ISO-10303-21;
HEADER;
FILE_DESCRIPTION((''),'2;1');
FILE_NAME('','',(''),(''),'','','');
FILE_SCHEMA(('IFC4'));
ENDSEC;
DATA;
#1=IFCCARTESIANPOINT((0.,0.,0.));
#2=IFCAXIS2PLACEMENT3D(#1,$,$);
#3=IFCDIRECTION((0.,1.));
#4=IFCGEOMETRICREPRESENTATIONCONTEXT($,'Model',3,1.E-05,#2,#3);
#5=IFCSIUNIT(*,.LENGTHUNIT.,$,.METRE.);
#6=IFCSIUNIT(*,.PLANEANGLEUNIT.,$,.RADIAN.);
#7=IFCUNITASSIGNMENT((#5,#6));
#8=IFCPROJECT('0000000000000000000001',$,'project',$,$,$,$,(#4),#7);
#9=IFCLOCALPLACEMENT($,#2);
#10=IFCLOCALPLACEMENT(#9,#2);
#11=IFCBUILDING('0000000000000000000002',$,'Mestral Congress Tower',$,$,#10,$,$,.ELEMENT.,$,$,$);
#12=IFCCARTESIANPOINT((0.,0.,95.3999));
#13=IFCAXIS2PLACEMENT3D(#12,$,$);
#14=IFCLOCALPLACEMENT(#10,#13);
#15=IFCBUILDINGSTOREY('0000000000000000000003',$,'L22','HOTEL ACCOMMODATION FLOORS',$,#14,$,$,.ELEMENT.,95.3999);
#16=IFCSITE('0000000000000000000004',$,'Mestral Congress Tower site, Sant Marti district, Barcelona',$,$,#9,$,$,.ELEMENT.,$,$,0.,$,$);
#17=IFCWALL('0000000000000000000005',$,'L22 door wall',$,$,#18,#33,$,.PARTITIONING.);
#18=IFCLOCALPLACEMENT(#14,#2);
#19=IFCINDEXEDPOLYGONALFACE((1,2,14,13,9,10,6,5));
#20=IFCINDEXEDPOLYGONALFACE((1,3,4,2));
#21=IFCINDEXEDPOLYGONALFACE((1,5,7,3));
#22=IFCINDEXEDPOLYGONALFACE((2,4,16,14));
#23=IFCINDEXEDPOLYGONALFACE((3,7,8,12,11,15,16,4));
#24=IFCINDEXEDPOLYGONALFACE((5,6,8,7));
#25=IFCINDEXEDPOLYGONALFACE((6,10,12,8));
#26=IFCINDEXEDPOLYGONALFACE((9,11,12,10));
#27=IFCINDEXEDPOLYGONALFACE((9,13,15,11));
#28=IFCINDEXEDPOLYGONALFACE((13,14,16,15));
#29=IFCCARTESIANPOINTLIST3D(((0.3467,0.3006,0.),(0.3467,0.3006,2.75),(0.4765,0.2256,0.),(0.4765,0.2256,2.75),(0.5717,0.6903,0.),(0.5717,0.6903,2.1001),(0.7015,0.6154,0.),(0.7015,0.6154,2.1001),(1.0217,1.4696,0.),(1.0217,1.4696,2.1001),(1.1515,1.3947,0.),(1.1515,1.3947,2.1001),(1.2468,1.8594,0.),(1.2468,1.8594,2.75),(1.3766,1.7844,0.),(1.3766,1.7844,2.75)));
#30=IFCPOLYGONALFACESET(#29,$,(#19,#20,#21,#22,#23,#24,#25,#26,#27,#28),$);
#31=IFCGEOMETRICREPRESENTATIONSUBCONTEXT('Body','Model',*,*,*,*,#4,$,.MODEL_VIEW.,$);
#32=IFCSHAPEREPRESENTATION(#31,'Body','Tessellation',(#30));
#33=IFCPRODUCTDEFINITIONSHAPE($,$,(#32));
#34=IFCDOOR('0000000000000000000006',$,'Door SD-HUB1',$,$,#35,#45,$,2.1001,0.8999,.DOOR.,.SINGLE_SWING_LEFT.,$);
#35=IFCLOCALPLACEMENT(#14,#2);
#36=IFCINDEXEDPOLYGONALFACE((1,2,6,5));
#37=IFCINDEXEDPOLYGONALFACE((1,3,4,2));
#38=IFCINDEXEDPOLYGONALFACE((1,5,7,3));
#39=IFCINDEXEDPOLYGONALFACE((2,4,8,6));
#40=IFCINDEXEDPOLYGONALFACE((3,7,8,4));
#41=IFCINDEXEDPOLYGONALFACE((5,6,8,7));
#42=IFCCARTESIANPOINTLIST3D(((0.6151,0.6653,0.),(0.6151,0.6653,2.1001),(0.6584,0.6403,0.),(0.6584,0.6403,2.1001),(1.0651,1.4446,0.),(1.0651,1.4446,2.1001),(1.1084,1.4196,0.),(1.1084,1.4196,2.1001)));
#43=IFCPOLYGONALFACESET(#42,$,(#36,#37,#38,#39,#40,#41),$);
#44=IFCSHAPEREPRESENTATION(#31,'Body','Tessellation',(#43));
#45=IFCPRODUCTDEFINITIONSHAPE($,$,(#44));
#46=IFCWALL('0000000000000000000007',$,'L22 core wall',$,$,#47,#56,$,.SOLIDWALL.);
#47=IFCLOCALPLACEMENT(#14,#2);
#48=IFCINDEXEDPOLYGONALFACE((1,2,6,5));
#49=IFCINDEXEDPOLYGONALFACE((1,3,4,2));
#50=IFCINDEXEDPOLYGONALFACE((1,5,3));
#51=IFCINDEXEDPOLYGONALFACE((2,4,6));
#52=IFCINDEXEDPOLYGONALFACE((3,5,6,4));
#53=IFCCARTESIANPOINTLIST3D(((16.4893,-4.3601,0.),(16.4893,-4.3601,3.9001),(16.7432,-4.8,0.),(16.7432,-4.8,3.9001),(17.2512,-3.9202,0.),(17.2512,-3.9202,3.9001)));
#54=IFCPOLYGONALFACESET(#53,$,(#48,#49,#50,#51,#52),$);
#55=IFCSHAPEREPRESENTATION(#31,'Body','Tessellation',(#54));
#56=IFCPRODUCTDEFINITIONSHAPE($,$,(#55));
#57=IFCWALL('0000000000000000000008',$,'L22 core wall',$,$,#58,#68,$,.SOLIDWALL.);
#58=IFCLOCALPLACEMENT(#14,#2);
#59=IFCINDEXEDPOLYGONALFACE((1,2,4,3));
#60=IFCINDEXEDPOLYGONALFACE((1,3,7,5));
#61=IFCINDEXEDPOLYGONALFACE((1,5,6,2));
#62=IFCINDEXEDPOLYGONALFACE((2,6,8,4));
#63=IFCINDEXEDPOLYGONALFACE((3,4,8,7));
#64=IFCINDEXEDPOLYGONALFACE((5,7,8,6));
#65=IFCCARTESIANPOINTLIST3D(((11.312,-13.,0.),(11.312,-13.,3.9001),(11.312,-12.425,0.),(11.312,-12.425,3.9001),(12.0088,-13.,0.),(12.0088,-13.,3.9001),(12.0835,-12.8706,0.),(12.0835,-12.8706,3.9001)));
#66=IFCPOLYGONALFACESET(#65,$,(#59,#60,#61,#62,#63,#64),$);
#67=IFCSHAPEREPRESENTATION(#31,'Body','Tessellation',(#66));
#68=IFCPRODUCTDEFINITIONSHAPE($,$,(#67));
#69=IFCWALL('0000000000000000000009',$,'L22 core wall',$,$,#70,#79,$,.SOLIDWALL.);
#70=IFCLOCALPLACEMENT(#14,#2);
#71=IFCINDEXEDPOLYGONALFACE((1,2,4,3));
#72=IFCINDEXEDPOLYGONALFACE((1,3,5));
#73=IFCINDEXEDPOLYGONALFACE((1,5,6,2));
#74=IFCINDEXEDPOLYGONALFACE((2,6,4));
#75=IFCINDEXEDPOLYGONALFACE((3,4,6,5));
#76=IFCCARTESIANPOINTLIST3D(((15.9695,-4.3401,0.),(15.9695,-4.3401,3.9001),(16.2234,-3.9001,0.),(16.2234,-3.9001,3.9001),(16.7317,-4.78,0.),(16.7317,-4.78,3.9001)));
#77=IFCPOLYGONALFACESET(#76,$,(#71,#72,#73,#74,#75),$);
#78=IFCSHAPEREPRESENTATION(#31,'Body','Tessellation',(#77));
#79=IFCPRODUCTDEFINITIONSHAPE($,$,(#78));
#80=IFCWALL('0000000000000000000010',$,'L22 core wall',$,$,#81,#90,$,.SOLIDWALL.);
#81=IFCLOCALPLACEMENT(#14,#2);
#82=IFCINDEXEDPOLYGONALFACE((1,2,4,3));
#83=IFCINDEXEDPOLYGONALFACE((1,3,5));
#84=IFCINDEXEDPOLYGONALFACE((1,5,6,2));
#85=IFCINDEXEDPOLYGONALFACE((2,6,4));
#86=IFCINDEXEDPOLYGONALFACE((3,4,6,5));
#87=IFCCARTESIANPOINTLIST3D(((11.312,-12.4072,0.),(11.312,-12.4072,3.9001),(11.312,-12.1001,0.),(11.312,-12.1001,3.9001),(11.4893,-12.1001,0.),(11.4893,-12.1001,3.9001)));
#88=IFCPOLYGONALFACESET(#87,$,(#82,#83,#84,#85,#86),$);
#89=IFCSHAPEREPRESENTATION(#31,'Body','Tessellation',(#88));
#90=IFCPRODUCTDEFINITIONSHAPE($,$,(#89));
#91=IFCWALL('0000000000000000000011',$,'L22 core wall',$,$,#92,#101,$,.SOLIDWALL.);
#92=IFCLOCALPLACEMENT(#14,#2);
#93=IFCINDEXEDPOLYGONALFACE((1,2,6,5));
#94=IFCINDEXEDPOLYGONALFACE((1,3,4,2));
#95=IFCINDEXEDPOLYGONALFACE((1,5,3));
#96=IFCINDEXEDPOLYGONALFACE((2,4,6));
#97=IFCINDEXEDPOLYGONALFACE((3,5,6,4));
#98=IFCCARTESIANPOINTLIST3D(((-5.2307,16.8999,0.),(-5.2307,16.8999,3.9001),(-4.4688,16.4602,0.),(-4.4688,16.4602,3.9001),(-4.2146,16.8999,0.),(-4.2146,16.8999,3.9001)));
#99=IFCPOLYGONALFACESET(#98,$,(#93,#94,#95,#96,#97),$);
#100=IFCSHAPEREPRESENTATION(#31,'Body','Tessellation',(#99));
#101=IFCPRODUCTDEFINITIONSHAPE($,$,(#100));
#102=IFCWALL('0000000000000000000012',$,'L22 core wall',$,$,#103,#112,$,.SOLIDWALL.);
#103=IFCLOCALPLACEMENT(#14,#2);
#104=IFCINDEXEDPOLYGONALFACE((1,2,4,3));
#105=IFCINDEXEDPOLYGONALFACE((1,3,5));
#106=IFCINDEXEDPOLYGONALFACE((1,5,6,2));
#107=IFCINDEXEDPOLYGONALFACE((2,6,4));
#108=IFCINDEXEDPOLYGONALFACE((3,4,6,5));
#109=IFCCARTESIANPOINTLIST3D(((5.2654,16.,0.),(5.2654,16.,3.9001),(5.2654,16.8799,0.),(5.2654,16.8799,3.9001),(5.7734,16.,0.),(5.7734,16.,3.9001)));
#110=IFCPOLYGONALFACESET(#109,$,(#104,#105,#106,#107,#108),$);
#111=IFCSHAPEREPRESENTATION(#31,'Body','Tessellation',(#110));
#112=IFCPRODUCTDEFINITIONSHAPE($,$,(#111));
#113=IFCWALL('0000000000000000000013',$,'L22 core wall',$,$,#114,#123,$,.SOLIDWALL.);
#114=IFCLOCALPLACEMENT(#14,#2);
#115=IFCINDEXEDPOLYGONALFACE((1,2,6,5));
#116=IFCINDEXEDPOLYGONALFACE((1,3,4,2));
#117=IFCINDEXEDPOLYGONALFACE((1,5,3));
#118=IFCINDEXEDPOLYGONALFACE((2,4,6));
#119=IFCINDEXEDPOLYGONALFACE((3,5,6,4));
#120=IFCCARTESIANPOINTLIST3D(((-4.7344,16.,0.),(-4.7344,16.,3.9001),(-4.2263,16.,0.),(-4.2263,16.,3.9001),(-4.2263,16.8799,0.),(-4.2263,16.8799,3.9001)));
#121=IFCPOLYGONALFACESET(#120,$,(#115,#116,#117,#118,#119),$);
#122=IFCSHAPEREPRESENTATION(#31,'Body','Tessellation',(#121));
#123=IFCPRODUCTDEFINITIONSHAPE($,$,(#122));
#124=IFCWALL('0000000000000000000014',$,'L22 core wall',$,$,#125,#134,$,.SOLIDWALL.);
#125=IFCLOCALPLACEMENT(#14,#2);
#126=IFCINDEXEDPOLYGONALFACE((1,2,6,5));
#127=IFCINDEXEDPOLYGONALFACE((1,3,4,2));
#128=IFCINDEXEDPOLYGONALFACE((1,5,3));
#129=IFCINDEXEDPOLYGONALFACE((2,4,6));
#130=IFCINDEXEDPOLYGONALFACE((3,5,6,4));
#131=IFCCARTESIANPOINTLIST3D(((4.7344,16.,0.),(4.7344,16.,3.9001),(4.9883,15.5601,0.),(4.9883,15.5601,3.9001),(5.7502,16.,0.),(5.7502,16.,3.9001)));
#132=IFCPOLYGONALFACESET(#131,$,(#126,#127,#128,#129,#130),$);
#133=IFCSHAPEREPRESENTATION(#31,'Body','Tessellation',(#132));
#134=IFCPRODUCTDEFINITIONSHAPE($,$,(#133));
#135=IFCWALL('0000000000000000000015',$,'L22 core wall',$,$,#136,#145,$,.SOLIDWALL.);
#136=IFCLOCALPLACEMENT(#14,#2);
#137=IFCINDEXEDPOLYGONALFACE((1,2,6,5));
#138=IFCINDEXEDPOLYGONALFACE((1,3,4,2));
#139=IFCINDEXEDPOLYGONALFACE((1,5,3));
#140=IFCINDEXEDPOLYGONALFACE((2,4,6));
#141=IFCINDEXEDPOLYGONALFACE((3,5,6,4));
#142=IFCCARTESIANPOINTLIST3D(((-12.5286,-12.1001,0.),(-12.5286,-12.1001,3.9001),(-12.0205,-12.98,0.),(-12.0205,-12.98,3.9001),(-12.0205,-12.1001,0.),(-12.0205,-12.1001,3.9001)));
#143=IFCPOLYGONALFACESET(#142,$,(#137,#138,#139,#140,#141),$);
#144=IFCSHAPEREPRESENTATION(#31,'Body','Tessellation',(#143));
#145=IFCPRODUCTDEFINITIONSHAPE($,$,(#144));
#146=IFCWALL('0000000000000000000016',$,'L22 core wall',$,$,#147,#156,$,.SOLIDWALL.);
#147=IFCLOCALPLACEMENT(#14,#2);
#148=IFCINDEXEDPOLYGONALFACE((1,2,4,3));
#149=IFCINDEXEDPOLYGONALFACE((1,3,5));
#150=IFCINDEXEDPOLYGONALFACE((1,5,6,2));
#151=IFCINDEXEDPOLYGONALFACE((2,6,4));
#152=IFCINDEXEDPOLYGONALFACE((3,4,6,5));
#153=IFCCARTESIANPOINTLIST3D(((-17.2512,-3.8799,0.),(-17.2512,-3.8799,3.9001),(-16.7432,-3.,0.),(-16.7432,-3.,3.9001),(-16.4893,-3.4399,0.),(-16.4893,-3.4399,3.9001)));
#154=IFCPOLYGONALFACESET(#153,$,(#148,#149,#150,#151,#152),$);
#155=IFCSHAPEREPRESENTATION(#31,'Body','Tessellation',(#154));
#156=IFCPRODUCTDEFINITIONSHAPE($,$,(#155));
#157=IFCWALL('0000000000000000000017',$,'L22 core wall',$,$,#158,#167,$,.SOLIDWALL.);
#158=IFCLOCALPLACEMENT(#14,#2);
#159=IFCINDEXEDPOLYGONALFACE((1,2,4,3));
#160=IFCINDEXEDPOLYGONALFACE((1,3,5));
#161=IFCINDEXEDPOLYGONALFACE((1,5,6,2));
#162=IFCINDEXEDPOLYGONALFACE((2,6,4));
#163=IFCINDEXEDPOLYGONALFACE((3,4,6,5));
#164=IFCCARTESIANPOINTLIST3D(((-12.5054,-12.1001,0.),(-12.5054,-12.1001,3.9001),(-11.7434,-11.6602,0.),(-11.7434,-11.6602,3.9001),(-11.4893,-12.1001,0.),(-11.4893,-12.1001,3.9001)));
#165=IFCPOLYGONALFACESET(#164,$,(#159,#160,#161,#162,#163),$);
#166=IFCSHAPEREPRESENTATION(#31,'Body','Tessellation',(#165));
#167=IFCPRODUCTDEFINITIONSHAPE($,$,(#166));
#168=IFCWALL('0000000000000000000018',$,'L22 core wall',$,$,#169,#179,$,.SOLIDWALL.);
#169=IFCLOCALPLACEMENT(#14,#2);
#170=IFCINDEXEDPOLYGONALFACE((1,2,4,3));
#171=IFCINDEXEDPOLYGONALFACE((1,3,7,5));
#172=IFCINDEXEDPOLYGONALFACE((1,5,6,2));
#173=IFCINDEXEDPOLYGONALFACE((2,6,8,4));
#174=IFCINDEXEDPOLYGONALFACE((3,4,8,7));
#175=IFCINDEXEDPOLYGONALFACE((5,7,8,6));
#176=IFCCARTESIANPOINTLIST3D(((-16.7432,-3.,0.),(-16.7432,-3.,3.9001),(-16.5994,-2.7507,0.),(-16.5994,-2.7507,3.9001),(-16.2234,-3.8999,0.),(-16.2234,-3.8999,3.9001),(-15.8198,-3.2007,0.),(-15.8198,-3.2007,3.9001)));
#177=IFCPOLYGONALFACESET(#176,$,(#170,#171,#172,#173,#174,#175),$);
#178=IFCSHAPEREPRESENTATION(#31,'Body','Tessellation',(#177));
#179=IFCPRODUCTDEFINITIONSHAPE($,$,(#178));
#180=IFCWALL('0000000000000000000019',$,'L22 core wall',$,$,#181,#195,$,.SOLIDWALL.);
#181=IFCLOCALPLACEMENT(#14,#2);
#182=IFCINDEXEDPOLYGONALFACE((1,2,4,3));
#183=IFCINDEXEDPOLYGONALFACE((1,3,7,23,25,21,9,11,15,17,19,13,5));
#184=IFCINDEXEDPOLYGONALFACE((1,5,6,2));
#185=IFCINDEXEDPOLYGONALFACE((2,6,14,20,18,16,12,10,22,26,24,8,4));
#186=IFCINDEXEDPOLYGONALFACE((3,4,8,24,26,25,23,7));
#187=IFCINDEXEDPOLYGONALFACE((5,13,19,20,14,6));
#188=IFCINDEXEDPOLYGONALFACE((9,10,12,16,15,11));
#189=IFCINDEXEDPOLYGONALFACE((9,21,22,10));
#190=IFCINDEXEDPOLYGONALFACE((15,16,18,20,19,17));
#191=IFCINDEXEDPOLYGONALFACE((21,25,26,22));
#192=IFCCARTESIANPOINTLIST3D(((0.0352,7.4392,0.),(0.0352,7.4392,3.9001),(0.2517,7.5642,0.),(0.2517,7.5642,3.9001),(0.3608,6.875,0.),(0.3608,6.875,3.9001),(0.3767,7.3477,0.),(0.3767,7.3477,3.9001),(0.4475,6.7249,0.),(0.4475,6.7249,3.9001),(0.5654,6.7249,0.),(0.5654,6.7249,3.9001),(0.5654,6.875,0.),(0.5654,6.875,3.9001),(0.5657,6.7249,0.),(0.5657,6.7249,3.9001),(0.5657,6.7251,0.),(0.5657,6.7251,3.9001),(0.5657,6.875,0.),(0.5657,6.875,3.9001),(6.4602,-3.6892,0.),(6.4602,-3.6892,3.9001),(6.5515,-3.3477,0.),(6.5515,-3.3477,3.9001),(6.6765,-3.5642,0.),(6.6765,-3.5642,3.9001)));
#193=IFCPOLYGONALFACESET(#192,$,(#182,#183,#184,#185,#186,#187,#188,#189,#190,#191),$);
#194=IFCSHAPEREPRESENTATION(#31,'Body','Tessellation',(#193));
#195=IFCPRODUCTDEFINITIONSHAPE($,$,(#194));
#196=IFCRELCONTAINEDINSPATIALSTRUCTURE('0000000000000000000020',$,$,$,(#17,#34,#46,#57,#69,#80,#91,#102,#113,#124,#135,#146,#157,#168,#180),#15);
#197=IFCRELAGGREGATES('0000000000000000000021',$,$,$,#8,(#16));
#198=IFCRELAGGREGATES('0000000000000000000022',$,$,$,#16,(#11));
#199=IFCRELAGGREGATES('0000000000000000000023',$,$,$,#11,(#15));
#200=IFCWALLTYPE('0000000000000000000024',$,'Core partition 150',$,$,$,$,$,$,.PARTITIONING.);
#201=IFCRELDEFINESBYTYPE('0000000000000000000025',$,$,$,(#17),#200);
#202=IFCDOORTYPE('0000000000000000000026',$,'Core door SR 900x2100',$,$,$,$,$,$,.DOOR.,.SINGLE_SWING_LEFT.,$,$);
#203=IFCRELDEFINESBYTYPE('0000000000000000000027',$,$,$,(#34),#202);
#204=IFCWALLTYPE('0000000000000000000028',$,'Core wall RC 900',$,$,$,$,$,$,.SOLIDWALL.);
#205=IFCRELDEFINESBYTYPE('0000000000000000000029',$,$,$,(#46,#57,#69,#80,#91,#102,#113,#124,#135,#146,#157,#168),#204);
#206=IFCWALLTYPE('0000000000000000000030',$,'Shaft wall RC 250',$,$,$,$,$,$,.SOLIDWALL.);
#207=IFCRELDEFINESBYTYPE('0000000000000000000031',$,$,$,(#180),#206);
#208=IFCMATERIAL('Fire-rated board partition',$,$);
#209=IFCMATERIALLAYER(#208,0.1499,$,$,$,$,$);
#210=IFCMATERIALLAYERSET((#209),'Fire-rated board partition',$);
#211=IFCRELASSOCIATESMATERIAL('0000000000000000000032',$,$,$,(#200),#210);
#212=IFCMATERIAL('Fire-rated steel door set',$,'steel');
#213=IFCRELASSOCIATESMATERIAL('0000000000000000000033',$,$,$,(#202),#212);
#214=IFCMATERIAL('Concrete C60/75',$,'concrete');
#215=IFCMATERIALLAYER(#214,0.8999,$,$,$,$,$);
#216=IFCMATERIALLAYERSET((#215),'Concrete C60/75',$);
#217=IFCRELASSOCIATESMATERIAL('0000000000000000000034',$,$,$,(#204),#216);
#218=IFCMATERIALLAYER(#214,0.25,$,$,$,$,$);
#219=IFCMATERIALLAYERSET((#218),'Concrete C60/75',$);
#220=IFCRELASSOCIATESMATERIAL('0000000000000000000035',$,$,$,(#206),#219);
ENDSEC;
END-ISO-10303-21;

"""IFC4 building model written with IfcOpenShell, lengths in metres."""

from ifc_helpers import new_model, si_unit, direction, frame, frame_2d, origin, place, context, subcontext, project, spatial, polyline, rectangle, outline, extrude, material, layer, layer_set, type_object, element, fill, save


model = new_model("IFC4")

# Units and contexts
model_context = context("Model", 3, precision=1e-05, world=origin(), true_north=direction((0.0, 1.0)))
body_context = subcontext(model_context, "Body", "Model", "MODEL_VIEW")
ifc_project = project(units=[si_unit("LENGTHUNIT", "METRE"), si_unit("PLANEANGLEUNIT", "RADIAN")], contexts=[model_context])

# Site, building, storey
site_placement = place(None, origin())
site = spatial("IfcSite", under=ifc_project, at=site_placement, Name="Mestral Congress Tower site, Sant Marti district, Barcelona", CompositionType="ELEMENT", RefElevation=0.0)
building_placement = place(site_placement, origin())
building = spatial("IfcBuilding", under=site, at=building_placement, Name="Mestral Congress Tower", CompositionType="ELEMENT")
storey_placement = place(building_placement, frame((0.0, 0.0, 95.3999)))
storey = spatial("IfcBuildingStorey", under=building, at=storey_placement, Name="L22", Description="HOTEL ACCOMMODATION FLOORS", CompositionType="ELEMENT", Elevation=95.3999)

# Shared definitions
ifc_material_1 = material(Name="Concrete C60/75", Category="concrete")

# Shared definitions
placement_1 = place(storey_placement, origin())

# Shared definitions
ifc_material_2 = material(Name="Fire-rated board partition")
ifc_layer_1 = layer(ifc_material_2, 0.1499)
ifc_layer_set_1 = layer_set([ifc_layer_1], Name="Fire-rated board partition")
wall_type_1 = type_object("IfcWallType", Name="Core partition 150", PredefinedType="PARTITIONING", material=ifc_layer_set_1)

# Wall, opening, door
wall_1_placement = place(storey_placement, frame((0.4116, 0.2632, 0.0), z_axis=(0.0, 0.0, 1.0), x_axis=(0.500063, 0.865989, 0.0)))
wall_1 = element("IfcWall", 1, at=wall_1_placement, inside=storey, type_object=wall_type_1, Name="L22 door wall", PredefinedType="PARTITIONING", context=body_context, shape_type="SweptSolid", body=[
    extrude(rectangle(XDim=1.8, YDim=0.1499, at=frame_2d((0.8999, 0.0))), origin(), (0.0, 0.0, 1.0), 2.75),
])
opening_placement = place(wall_1_placement, frame((0.45, 0.0, 0.0)))
opening = element("IfcOpeningElement", 2, at=opening_placement, cuts=wall_1, PredefinedType="OPENING", context=body_context, shape_type="SweptSolid", body=[
    extrude(rectangle(XDim=0.8999, YDim=2.1001, at=frame_2d((0.45, 1.05))), frame((0.0, 0.085, 0.0), z_axis=(0.0, -1.0, 0.0), x_axis=(1.0, 0.0, 0.0)), (0.0, 0.0, 1.0), 0.1699),
])
ifc_material_3 = material(Name="Fire-rated steel door set", Category="steel")
door_type = type_object("IfcDoorType", Name="Core door SR 900x2100", OperationType="SINGLE_SWING_LEFT", PredefinedType="DOOR", material=ifc_material_3)
door_placement = place(opening_placement, origin())
door = element("IfcDoor", 3, at=door_placement, inside=storey, type_object=door_type, Name="Door SD-HUB1", OperationType="SINGLE_SWING_LEFT", OverallHeight=2.1001, OverallWidth=0.8999, PredefinedType="DOOR", context=body_context, shape_type="SweptSolid", body=[
    extrude(rectangle(XDim=0.8999, YDim=2.1001, at=frame_2d((0.45, 1.05))), frame((0.0, 0.0249, 0.0), z_axis=(0.0, -1.0, 0.0), x_axis=(1.0, 0.0, 0.0)), (0.0, 0.0, 1.0), 0.05),
])
fill(opening, door)

# Walls
ifc_layer_2 = layer(ifc_material_1, 0.8999)
ifc_layer_set_2 = layer_set([ifc_layer_2], Name="Concrete C60/75")
wall_type_2 = type_object("IfcWallType", Name="Core wall RC 900", PredefinedType="SOLIDWALL", material=ifc_layer_set_2)
element("IfcWall", 4, at=placement_1, inside=storey, type_object=wall_type_2, Name="L22 core wall", PredefinedType="SOLIDWALL", context=body_context, shape_type="SweptSolid", body=[
    extrude(outline(polyline([(16.7432, -4.8), (16.4893, -4.3601), (17.2512, -3.9202), (16.7432, -4.8)])), origin(), (0.0, 0.0, 1.0), 3.9001),
])
element("IfcWall", 5, at=placement_1, inside=storey, type_object=wall_type_2, Name="L22 core wall", PredefinedType="SOLIDWALL", context=body_context, shape_type="SweptSolid", body=[
    extrude(outline(polyline([(12.0088, -13.0), (11.312, -13.0), (11.312, -12.425), (12.0835, -12.8706), (12.0088, -13.0)])), origin(), (0.0, 0.0, 1.0), 3.9001),
])
element("IfcWall", 6, at=placement_1, inside=storey, type_object=wall_type_2, Name="L22 core wall", PredefinedType="SOLIDWALL", context=body_context, shape_type="SweptSolid", body=[
    extrude(outline(polyline([(16.2234, -3.9001), (16.7317, -4.78), (15.9695, -4.3401), (16.2234, -3.9001)])), origin(), (0.0, 0.0, 1.0), 3.9001),
])
element("IfcWall", 7, at=placement_1, inside=storey, type_object=wall_type_2, Name="L22 core wall", PredefinedType="SOLIDWALL", context=body_context, shape_type="SweptSolid", body=[
    extrude(outline(polyline([(11.4893, -12.1001), (11.312, -12.4072), (11.312, -12.1001), (11.4893, -12.1001)])), origin(), (0.0, 0.0, 1.0), 3.9001),
])
element("IfcWall", 8, at=placement_1, inside=storey, type_object=wall_type_2, Name="L22 core wall", PredefinedType="SOLIDWALL", context=body_context, shape_type="SweptSolid", body=[
    extrude(outline(polyline([(-4.2146, 16.8999), (-4.4688, 16.4602), (-5.2307, 16.8999), (-4.2146, 16.8999)])), origin(), (0.0, 0.0, 1.0), 3.9001),
])
element("IfcWall", 9, at=placement_1, inside=storey, type_object=wall_type_2, Name="L22 core wall", PredefinedType="SOLIDWALL", context=body_context, shape_type="SweptSolid", body=[
    extrude(outline(polyline([(5.2654, 16.0), (5.2654, 16.8799), (5.7734, 16.0), (5.2654, 16.0)])), origin(), (0.0, 0.0, 1.0), 3.9001),
])
element("IfcWall", 10, at=placement_1, inside=storey, type_object=wall_type_2, Name="L22 core wall", PredefinedType="SOLIDWALL", context=body_context, shape_type="SweptSolid", body=[
    extrude(outline(polyline([(-4.7344, 16.0), (-4.2263, 16.8799), (-4.2263, 16.0), (-4.7344, 16.0)])), origin(), (0.0, 0.0, 1.0), 3.9001),
])
element("IfcWall", 11, at=placement_1, inside=storey, type_object=wall_type_2, Name="L22 core wall", PredefinedType="SOLIDWALL", context=body_context, shape_type="SweptSolid", body=[
    extrude(outline(polyline([(4.7344, 16.0), (5.7502, 16.0), (4.9883, 15.5601), (4.7344, 16.0)])), origin(), (0.0, 0.0, 1.0), 3.9001),
])
element("IfcWall", 12, at=placement_1, inside=storey, type_object=wall_type_2, Name="L22 core wall", PredefinedType="SOLIDWALL", context=body_context, shape_type="SweptSolid", body=[
    extrude(outline(polyline([(-12.5286, -12.1001), (-12.0205, -12.1001), (-12.0205, -12.98), (-12.5286, -12.1001)])), origin(), (0.0, 0.0, 1.0), 3.9001),
])
element("IfcWall", 13, at=placement_1, inside=storey, type_object=wall_type_2, Name="L22 core wall", PredefinedType="SOLIDWALL", context=body_context, shape_type="SweptSolid", body=[
    extrude(outline(polyline([(-16.4893, -3.4399), (-17.2512, -3.8799), (-16.7432, -3.0), (-16.4893, -3.4399)])), origin(), (0.0, 0.0, 1.0), 3.9001),
])
element("IfcWall", 14, at=placement_1, inside=storey, type_object=wall_type_2, Name="L22 core wall", PredefinedType="SOLIDWALL", context=body_context, shape_type="SweptSolid", body=[
    extrude(outline(polyline([(-11.4893, -12.1001), (-12.5054, -12.1001), (-11.7434, -11.6602), (-11.4893, -12.1001)])), origin(), (0.0, 0.0, 1.0), 3.9001),
])
element("IfcWall", 15, at=placement_1, inside=storey, type_object=wall_type_2, Name="L22 core wall", PredefinedType="SOLIDWALL", context=body_context, shape_type="SweptSolid", body=[
    extrude(outline(polyline([(-15.8198, -3.2007), (-16.2234, -3.8999), (-16.7432, -3.0), (-16.5994, -2.7507), (-15.8198, -3.2007)])), origin(), (0.0, 0.0, 1.0), 3.9001),
])
ifc_layer_3 = layer(ifc_material_1, 0.25)
ifc_layer_set_3 = layer_set([ifc_layer_3], Name="Concrete C60/75")
wall_type_3 = type_object("IfcWallType", Name="Shaft wall RC 250", PredefinedType="SOLIDWALL", material=ifc_layer_set_3)
element("IfcWall", 16, at=placement_1, inside=storey, type_object=wall_type_3, Name="L22 core wall", PredefinedType="SOLIDWALL", context=body_context, shape_type="SweptSolid", body=[
    extrude(outline(polyline([(0.5657, 6.7251), (0.5657, 6.875), (0.5657, 6.875), (0.5654, 6.875), (0.3608, 6.875), (0.0352, 7.4392), (0.2517, 7.5642), (0.3767, 7.3477), (6.5515, -3.3477), (6.6765, -3.5642), (6.4602, -3.6892), (0.4475, 6.7249), (0.5654, 6.7249), (0.5657, 6.7249), (0.5657, 6.7251)])), origin(), (0.0, 0.0, 1.0), 3.9001),
])

save(model, "model.ifc")
